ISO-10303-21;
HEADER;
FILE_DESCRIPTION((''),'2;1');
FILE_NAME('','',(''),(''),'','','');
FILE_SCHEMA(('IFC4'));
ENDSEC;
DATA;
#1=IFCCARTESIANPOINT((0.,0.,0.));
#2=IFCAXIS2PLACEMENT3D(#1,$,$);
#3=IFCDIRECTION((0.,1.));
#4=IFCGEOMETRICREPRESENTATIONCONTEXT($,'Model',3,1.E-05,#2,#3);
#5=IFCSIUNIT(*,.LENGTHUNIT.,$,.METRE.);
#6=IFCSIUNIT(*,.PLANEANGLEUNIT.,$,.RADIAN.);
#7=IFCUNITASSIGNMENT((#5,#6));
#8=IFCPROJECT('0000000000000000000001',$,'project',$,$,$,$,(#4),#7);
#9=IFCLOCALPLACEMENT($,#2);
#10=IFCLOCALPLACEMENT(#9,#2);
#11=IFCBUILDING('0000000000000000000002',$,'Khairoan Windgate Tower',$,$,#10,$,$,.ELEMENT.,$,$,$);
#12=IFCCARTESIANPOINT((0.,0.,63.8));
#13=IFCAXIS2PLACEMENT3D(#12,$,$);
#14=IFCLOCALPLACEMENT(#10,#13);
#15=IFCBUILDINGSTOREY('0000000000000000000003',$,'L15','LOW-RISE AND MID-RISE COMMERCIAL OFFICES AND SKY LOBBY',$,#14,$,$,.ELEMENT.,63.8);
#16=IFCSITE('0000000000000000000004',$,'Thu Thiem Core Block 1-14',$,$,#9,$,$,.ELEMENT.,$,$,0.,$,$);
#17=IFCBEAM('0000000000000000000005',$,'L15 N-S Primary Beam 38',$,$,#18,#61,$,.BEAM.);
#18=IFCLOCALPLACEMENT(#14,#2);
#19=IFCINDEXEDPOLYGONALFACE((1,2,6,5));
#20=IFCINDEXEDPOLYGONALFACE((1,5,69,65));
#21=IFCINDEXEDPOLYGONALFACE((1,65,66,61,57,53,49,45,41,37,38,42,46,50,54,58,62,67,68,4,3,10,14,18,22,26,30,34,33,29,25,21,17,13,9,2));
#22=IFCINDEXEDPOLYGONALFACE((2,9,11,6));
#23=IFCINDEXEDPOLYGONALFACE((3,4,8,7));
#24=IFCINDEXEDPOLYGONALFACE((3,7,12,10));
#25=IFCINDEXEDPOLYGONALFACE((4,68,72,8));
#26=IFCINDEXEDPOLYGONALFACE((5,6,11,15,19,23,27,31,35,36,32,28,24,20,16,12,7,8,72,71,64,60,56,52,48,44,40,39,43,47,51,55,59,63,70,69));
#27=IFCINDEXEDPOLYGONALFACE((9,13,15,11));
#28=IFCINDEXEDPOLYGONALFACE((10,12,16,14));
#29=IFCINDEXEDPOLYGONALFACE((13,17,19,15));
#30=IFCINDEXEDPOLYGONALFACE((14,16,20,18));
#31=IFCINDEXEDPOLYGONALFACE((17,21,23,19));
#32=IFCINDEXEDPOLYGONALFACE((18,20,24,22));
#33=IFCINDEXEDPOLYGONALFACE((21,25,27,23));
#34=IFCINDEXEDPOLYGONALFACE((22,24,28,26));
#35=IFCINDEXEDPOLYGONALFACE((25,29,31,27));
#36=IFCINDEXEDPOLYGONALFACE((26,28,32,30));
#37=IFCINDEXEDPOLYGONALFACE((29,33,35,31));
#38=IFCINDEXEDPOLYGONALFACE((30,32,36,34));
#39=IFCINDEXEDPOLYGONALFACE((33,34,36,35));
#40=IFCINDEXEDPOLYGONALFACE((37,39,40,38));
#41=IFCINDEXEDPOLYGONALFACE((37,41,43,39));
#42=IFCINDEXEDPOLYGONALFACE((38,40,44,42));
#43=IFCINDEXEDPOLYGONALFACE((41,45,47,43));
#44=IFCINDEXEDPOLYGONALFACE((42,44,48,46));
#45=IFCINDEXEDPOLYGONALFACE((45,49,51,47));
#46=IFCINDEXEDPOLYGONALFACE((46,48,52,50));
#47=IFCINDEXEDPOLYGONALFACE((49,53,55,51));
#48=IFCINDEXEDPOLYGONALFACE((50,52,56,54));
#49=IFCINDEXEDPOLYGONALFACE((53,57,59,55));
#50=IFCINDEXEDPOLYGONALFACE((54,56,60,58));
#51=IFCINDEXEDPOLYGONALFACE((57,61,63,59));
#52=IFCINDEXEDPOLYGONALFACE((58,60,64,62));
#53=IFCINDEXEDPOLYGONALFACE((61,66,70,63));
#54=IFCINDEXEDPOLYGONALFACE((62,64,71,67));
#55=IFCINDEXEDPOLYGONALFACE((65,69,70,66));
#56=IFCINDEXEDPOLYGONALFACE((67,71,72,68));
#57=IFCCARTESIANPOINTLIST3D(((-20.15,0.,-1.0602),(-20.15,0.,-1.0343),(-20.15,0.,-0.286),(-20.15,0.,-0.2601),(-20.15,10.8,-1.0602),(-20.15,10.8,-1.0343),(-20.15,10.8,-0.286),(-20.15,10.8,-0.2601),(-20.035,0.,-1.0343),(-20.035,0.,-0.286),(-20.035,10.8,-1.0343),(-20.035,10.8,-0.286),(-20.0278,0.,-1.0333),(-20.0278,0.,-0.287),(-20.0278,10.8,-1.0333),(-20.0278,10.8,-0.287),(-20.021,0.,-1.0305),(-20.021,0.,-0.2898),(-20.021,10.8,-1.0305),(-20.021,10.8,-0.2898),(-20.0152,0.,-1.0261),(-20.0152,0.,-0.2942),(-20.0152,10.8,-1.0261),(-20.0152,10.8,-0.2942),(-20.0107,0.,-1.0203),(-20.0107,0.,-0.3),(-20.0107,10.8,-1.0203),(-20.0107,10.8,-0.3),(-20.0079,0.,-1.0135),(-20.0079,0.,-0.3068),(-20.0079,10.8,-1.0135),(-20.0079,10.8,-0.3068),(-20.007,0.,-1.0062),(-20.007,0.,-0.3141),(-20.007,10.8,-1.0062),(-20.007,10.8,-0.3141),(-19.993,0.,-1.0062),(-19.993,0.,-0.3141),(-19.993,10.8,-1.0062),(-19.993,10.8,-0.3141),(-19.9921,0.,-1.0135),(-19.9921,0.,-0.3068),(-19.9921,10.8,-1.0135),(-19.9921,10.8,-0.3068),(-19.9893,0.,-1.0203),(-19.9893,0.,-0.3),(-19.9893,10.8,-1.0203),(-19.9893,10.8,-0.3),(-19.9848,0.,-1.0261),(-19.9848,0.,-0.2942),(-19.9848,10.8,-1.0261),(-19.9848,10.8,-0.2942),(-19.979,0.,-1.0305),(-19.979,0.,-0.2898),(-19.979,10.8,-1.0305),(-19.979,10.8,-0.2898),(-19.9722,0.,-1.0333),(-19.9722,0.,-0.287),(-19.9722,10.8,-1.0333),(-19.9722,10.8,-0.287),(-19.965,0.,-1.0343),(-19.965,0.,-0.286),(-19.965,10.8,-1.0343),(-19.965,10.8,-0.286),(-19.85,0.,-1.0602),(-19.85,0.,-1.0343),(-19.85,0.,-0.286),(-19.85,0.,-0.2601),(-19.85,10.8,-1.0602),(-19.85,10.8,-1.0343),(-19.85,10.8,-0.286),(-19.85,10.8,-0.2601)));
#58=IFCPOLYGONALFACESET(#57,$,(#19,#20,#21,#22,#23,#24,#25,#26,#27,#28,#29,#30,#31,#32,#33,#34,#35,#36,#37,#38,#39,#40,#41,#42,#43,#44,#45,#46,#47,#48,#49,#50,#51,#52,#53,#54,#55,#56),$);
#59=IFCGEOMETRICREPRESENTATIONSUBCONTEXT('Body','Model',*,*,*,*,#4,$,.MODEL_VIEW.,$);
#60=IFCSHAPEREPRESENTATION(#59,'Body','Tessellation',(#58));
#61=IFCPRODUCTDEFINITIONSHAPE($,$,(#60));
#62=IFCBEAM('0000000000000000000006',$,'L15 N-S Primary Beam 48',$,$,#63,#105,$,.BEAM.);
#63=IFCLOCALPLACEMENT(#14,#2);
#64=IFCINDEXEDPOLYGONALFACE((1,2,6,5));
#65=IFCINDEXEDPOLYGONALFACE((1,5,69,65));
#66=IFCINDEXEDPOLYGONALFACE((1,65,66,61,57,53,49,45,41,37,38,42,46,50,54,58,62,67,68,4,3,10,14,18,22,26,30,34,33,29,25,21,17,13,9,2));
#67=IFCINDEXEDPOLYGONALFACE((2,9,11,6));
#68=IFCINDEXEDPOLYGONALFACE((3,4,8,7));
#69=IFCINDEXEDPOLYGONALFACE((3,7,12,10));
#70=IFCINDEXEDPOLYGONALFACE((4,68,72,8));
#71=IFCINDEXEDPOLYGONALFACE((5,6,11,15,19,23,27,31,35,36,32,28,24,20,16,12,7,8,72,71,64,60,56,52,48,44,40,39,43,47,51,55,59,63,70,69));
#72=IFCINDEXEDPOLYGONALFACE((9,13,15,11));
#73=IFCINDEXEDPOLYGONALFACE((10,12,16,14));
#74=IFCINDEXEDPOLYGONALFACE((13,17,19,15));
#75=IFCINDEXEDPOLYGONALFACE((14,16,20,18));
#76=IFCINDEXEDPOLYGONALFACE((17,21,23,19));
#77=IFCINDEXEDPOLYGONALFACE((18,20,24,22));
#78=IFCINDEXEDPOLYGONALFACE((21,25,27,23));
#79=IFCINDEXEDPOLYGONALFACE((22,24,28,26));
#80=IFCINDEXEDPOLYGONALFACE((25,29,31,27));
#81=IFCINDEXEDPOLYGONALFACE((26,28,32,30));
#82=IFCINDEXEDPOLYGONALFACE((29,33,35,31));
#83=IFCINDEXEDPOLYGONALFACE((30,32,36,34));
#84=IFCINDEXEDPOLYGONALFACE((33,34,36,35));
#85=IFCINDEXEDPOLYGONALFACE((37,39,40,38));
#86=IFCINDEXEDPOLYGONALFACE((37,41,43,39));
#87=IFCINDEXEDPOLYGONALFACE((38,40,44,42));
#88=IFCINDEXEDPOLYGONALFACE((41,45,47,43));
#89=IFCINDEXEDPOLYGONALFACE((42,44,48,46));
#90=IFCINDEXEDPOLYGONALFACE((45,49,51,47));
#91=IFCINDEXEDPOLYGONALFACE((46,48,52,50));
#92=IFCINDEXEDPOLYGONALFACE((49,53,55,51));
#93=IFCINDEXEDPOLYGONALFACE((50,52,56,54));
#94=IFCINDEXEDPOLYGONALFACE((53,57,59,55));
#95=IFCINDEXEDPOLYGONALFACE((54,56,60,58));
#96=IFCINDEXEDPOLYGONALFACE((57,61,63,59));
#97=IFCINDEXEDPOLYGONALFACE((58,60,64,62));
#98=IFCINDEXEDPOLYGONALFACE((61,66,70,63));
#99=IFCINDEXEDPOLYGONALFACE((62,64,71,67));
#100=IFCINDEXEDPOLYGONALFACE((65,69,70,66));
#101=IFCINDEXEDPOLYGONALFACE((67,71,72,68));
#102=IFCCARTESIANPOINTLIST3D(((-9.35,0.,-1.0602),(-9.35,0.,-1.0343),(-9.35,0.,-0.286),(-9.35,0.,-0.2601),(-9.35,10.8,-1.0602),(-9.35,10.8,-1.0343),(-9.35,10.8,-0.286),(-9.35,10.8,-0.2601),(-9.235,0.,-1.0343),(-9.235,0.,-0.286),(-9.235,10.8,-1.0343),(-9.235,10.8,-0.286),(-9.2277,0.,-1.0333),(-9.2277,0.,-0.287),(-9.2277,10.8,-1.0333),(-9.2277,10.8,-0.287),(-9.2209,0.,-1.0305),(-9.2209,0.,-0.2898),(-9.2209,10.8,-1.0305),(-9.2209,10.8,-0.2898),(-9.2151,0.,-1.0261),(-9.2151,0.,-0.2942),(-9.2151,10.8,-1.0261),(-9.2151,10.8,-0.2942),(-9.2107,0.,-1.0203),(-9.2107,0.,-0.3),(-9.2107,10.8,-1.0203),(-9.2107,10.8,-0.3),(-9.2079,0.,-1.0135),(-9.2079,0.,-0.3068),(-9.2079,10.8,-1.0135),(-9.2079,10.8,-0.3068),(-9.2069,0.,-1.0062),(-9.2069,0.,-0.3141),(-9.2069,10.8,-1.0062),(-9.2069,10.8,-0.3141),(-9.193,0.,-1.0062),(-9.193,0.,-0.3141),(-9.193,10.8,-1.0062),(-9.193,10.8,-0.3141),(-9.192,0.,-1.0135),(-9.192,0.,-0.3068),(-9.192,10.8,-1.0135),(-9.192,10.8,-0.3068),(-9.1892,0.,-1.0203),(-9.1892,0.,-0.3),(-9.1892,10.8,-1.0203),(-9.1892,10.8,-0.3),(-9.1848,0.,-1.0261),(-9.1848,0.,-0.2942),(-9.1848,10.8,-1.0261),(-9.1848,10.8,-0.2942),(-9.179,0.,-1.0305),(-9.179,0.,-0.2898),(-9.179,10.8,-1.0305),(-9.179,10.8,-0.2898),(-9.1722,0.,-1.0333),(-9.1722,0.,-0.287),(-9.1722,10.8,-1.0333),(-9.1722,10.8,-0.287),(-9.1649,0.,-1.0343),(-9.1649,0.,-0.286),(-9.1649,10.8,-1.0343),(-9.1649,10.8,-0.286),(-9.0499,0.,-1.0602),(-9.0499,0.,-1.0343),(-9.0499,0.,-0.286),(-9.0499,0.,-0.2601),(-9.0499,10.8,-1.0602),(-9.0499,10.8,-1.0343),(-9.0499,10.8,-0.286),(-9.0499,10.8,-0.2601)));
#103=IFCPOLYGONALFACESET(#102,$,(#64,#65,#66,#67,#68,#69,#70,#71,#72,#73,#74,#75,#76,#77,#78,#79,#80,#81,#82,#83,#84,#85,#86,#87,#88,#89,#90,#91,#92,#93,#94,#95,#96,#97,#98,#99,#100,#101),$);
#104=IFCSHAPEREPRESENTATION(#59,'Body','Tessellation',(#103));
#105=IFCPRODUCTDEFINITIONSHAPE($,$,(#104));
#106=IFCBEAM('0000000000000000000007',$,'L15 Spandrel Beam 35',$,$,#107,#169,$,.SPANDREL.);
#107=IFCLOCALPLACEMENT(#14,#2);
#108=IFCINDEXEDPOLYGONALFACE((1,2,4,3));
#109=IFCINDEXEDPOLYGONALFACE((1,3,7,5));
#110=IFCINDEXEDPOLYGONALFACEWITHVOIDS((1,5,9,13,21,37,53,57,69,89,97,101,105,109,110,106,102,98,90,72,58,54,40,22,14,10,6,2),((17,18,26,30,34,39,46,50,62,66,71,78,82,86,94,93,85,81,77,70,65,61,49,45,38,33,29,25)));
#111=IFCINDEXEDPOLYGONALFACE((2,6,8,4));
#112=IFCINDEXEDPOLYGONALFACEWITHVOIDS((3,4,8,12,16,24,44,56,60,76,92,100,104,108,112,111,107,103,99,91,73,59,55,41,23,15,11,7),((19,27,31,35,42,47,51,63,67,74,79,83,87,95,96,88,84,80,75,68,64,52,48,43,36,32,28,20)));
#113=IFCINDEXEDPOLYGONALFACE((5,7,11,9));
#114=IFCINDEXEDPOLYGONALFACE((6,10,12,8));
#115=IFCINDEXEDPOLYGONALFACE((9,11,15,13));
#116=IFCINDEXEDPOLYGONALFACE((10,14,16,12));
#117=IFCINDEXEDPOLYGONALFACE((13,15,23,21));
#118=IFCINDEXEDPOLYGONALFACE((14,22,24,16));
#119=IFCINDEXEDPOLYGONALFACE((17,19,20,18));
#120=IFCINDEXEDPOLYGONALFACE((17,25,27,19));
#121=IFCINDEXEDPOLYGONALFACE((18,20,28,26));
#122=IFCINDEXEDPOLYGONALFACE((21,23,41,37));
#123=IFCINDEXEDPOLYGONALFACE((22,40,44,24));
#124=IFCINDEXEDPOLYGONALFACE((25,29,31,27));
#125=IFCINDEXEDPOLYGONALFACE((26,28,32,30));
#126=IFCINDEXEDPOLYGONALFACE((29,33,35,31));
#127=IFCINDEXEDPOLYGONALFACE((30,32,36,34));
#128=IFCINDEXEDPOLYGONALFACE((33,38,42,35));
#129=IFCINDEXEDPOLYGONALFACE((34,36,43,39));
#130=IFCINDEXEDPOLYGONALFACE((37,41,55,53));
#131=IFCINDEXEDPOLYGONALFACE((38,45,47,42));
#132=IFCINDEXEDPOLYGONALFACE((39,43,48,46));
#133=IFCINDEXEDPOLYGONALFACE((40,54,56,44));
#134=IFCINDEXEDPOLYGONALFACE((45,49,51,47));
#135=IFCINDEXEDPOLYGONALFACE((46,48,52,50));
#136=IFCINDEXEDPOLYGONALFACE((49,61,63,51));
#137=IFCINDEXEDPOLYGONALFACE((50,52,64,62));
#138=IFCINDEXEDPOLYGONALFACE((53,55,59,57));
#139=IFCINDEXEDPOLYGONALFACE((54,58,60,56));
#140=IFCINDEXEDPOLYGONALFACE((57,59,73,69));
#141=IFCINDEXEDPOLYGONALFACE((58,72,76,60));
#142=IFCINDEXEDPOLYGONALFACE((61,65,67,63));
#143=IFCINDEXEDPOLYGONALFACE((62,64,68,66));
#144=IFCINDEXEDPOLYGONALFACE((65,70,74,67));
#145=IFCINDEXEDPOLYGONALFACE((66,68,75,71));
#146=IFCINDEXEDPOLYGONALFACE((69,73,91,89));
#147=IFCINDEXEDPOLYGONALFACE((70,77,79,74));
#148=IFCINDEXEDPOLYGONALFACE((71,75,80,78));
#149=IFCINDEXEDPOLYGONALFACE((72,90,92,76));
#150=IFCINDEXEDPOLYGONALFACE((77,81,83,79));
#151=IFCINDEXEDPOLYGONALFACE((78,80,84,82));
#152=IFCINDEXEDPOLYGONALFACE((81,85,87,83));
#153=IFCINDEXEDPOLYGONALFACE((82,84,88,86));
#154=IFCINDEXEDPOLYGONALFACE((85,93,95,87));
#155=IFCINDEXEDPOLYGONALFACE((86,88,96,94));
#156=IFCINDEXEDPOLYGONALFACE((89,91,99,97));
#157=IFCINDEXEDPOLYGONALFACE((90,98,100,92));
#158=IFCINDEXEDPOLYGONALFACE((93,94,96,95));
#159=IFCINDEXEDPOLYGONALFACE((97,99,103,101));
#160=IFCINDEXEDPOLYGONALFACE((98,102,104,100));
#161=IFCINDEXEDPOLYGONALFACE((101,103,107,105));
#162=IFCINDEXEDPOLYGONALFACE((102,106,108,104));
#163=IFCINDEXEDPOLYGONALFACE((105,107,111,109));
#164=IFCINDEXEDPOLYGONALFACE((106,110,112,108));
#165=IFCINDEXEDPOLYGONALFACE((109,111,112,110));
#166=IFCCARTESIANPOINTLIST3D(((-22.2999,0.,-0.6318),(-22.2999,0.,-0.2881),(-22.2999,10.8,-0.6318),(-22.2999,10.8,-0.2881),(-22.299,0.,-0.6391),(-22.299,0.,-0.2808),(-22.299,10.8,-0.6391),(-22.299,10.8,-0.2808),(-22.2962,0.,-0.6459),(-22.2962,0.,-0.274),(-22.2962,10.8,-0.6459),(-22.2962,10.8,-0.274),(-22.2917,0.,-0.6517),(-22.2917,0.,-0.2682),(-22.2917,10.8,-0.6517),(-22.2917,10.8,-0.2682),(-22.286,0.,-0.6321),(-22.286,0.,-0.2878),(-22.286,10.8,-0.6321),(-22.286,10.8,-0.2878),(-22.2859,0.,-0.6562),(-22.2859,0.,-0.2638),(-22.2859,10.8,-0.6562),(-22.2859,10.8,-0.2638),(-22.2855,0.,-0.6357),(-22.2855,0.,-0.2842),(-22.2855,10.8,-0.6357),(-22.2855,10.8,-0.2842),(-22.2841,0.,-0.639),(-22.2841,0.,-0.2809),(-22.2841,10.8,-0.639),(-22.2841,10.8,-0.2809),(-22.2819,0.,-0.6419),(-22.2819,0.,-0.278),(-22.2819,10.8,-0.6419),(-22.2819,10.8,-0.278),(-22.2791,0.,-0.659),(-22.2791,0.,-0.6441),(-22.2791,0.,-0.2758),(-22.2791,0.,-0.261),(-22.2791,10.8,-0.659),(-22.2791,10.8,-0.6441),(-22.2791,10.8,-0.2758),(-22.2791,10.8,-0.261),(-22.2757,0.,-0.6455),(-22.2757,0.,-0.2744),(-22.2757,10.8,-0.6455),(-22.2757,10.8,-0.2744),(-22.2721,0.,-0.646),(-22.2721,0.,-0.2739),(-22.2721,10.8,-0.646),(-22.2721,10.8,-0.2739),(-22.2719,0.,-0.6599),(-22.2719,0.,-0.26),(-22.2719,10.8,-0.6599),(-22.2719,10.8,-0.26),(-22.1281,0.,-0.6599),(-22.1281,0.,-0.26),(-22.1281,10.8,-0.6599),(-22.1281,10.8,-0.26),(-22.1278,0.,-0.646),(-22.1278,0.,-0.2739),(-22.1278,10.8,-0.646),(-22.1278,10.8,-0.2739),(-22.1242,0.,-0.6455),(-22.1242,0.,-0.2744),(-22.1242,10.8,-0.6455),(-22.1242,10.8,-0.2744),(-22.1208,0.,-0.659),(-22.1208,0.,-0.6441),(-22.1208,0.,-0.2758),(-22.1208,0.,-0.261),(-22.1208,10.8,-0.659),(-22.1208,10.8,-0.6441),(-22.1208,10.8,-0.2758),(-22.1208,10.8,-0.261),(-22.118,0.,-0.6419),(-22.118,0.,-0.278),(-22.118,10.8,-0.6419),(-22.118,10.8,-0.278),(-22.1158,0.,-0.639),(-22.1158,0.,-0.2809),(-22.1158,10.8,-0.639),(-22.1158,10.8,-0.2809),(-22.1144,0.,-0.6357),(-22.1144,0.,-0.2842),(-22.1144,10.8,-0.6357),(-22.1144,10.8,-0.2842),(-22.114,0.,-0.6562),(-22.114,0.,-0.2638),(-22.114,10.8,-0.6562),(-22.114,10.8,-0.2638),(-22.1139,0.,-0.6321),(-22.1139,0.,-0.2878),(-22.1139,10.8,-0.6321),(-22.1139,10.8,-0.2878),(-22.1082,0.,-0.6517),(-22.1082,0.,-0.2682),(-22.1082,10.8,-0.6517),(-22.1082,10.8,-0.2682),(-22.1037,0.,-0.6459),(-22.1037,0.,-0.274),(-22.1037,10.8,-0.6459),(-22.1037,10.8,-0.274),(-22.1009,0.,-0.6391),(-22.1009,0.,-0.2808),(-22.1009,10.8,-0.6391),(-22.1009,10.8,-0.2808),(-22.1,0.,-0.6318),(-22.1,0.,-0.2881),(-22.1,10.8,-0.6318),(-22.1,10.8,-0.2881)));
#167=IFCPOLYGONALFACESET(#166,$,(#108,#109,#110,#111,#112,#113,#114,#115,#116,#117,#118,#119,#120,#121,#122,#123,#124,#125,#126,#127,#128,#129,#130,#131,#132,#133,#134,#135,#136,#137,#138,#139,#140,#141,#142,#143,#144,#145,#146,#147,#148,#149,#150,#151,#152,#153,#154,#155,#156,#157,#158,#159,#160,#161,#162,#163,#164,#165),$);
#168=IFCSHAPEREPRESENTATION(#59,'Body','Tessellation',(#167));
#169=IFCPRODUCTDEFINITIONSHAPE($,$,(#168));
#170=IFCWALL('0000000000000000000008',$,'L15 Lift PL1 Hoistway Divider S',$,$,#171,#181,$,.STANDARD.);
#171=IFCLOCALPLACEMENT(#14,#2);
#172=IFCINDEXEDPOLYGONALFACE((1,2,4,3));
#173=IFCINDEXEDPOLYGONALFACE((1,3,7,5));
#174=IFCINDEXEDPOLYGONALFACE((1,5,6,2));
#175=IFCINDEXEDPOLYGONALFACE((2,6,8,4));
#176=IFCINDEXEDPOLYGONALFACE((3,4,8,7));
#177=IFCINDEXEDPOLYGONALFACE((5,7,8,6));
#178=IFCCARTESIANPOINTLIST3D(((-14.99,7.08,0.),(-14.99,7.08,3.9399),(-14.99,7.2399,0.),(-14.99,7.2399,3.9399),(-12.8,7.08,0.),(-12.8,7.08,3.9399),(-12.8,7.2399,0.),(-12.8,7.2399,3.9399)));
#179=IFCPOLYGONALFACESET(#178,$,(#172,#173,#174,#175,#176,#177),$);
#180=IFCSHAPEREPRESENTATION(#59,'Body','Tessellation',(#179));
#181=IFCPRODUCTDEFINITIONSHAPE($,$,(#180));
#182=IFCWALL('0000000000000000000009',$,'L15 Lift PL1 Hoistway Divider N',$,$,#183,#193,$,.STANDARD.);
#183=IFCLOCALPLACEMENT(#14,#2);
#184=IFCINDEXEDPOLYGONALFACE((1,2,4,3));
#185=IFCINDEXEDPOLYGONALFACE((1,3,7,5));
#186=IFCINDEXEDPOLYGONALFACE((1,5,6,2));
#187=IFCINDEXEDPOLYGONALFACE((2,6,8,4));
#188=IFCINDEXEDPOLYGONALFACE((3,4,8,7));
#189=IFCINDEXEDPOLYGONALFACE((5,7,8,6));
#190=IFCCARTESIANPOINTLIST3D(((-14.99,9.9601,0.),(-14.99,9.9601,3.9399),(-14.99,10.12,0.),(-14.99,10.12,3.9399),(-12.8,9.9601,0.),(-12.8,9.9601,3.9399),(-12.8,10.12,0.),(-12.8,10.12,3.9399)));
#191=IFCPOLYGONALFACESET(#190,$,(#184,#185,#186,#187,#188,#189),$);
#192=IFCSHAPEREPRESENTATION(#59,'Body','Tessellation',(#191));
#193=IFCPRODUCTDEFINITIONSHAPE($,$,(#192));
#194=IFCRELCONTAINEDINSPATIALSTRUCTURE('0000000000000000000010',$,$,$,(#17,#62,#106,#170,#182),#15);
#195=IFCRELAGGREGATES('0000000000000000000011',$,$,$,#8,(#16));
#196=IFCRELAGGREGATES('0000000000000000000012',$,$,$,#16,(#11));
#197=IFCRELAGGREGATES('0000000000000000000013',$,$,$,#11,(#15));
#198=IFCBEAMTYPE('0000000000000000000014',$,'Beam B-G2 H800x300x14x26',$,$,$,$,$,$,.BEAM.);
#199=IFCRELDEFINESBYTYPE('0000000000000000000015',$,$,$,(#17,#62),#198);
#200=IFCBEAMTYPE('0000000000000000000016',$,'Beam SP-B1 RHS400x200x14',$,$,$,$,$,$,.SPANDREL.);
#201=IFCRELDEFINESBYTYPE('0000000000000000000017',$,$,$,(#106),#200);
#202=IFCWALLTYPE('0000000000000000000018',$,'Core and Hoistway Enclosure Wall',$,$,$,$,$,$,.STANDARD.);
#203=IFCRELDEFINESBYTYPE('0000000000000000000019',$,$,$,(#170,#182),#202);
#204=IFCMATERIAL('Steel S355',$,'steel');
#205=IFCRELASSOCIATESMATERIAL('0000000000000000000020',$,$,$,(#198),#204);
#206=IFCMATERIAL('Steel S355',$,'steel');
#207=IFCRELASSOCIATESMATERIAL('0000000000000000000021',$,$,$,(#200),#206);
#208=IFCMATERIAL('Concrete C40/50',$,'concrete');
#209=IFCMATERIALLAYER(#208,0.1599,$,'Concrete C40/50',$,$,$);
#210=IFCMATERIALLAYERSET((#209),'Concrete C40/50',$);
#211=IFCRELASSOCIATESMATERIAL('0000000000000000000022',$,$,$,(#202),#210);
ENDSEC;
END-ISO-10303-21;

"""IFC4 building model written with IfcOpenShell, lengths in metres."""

from ifc_helpers import new_model, si_unit, direction, frame, frame_2d, origin, origin_2d, place, context, subcontext, project, spatial, rectangle, hollow_rectangle, i_section, extrude, material, layer, layer_set, material_profile, profile_set, type_object, element, save


model = new_model("IFC4")

# Units and contexts
model_context = context("Model", 3, precision=1e-05, world=origin(), true_north=direction((0.0, 1.0)))
body_context = subcontext(model_context, "Body", "Model", "MODEL_VIEW")
ifc_project = project(units=[si_unit("LENGTHUNIT", "METRE"), si_unit("PLANEANGLEUNIT", "RADIAN")], contexts=[model_context])

# Site, building, storey
site_placement = place(None, origin())
site = spatial("IfcSite", under=ifc_project, at=site_placement, Name="Thu Thiem Core Block 1-14", CompositionType="ELEMENT", RefElevation=0.0)
building_placement = place(site_placement, origin())
building = spatial("IfcBuilding", under=site, at=building_placement, Name="Khairoan Windgate Tower", CompositionType="ELEMENT")
storey_placement = place(building_placement, frame((0.0, 0.0, 63.8)))
storey = spatial("IfcBuildingStorey", under=building, at=storey_placement, Name="L15", Description="LOW-RISE AND MID-RISE COMMERCIAL OFFICES AND SKY LOBBY", CompositionType="ELEMENT", Elevation=63.8)

# Beams
ifc_material_1 = material(Name="Steel S355", Category="steel")
ifc_material_profile_1 = material_profile(ifc_material_1, i_section(OverallWidth=0.3, OverallDepth=0.8, WebThickness=0.0139, FlangeThickness=0.0259, FilletRadius=0.0281, at=origin_2d()))
ifc_profile_set_1 = profile_set([ifc_material_profile_1], Name="Steel S355")
beam_type_1 = type_object("IfcBeamType", Name="Beam B-G2 H800x300x14x26", PredefinedType="BEAM", material=ifc_profile_set_1)
for number, where, z_axis, x_axis, name in (
    (1, (-20.0, 0.0, -0.6602), (0.0, 1.0, 0.0), (-1.0, 0.0, 0.0), "L15 N-S Primary Beam 38"),
    (2, (-9.2, 0.0, -0.6602), (0.0, 1.0, 0.0), (-1.0, 0.0, 0.0), "L15 N-S Primary Beam 48"),
):
    element("IfcBeam", number, at=place(storey_placement, frame(where, z_axis=z_axis, x_axis=x_axis)), inside=storey, type_object=beam_type_1, Name=name, PredefinedType="BEAM", context=body_context, shape_type="SweptSolid", body=[
        extrude(i_section(OverallWidth=0.3, OverallDepth=0.8, WebThickness=0.0139, FlangeThickness=0.0259, FilletRadius=0.0281, at=origin_2d()), origin(), (0.0, 0.0, 1.0), 10.8),
    ])
ifc_material_2 = material(Name="Steel S355", Category="steel")
ifc_material_profile_2 = material_profile(ifc_material_2, hollow_rectangle(XDim=0.2, YDim=0.3999, WallThickness=0.0139, InnerFilletRadius=0.0139, OuterFilletRadius=0.0281, at=origin_2d()))
ifc_profile_set_2 = profile_set([ifc_material_profile_2], Name="Steel S355")
beam_type_2 = type_object("IfcBeamType", Name="Beam SP-B1 RHS400x200x14", PredefinedType="SPANDREL", material=ifc_profile_set_2)
beam_1_placement = place(storey_placement, frame((-22.2, 0.0, -0.46), z_axis=(0.0, 1.0, 0.0), x_axis=(-1.0, 0.0, 0.0)))
element("IfcBeam", 3, at=beam_1_placement, inside=storey, type_object=beam_type_2, Name="L15 Spandrel Beam 35", PredefinedType="SPANDREL", context=body_context, shape_type="SweptSolid", body=[
    extrude(hollow_rectangle(XDim=0.2, YDim=0.3999, WallThickness=0.0139, InnerFilletRadius=0.0139, OuterFilletRadius=0.0281, at=origin_2d()), origin(), (0.0, 0.0, 1.0), 10.8),
])

# Walls
ifc_material_3 = material(Name="Concrete C40/50", Category="concrete")
ifc_layer_1 = layer(ifc_material_3, 0.1599, Name="Concrete C40/50")
ifc_layer_set_1 = layer_set([ifc_layer_1], Name="Concrete C40/50")
wall_type_1 = type_object("IfcWallType", Name="Core and Hoistway Enclosure Wall", PredefinedType="STANDARD", material=ifc_layer_set_1)
for number, where, z_axis, x_axis, name in (
    (4, (-14.99, 7.1599, 0.0), (0.0, 0.0, 1.0), (1.0, 0.0, 0.0), "L15 Lift PL1 Hoistway Divider S"),
    (5, (-14.99, 10.04, 0.0), (0.0, 0.0, 1.0), (1.0, 0.0, 0.0), "L15 Lift PL1 Hoistway Divider N"),
):
    element("IfcWall", number, at=place(storey_placement, frame(where, z_axis=z_axis, x_axis=x_axis)), inside=storey, type_object=wall_type_1, Name=name, PredefinedType="STANDARD", context=body_context, shape_type="SweptSolid", body=[
        extrude(rectangle(XDim=2.1899, YDim=0.1599, at=frame_2d((1.095, 0.0))), origin(), (0.0, 0.0, 1.0), 3.9399),
    ])

save(model, "model.ifc")
